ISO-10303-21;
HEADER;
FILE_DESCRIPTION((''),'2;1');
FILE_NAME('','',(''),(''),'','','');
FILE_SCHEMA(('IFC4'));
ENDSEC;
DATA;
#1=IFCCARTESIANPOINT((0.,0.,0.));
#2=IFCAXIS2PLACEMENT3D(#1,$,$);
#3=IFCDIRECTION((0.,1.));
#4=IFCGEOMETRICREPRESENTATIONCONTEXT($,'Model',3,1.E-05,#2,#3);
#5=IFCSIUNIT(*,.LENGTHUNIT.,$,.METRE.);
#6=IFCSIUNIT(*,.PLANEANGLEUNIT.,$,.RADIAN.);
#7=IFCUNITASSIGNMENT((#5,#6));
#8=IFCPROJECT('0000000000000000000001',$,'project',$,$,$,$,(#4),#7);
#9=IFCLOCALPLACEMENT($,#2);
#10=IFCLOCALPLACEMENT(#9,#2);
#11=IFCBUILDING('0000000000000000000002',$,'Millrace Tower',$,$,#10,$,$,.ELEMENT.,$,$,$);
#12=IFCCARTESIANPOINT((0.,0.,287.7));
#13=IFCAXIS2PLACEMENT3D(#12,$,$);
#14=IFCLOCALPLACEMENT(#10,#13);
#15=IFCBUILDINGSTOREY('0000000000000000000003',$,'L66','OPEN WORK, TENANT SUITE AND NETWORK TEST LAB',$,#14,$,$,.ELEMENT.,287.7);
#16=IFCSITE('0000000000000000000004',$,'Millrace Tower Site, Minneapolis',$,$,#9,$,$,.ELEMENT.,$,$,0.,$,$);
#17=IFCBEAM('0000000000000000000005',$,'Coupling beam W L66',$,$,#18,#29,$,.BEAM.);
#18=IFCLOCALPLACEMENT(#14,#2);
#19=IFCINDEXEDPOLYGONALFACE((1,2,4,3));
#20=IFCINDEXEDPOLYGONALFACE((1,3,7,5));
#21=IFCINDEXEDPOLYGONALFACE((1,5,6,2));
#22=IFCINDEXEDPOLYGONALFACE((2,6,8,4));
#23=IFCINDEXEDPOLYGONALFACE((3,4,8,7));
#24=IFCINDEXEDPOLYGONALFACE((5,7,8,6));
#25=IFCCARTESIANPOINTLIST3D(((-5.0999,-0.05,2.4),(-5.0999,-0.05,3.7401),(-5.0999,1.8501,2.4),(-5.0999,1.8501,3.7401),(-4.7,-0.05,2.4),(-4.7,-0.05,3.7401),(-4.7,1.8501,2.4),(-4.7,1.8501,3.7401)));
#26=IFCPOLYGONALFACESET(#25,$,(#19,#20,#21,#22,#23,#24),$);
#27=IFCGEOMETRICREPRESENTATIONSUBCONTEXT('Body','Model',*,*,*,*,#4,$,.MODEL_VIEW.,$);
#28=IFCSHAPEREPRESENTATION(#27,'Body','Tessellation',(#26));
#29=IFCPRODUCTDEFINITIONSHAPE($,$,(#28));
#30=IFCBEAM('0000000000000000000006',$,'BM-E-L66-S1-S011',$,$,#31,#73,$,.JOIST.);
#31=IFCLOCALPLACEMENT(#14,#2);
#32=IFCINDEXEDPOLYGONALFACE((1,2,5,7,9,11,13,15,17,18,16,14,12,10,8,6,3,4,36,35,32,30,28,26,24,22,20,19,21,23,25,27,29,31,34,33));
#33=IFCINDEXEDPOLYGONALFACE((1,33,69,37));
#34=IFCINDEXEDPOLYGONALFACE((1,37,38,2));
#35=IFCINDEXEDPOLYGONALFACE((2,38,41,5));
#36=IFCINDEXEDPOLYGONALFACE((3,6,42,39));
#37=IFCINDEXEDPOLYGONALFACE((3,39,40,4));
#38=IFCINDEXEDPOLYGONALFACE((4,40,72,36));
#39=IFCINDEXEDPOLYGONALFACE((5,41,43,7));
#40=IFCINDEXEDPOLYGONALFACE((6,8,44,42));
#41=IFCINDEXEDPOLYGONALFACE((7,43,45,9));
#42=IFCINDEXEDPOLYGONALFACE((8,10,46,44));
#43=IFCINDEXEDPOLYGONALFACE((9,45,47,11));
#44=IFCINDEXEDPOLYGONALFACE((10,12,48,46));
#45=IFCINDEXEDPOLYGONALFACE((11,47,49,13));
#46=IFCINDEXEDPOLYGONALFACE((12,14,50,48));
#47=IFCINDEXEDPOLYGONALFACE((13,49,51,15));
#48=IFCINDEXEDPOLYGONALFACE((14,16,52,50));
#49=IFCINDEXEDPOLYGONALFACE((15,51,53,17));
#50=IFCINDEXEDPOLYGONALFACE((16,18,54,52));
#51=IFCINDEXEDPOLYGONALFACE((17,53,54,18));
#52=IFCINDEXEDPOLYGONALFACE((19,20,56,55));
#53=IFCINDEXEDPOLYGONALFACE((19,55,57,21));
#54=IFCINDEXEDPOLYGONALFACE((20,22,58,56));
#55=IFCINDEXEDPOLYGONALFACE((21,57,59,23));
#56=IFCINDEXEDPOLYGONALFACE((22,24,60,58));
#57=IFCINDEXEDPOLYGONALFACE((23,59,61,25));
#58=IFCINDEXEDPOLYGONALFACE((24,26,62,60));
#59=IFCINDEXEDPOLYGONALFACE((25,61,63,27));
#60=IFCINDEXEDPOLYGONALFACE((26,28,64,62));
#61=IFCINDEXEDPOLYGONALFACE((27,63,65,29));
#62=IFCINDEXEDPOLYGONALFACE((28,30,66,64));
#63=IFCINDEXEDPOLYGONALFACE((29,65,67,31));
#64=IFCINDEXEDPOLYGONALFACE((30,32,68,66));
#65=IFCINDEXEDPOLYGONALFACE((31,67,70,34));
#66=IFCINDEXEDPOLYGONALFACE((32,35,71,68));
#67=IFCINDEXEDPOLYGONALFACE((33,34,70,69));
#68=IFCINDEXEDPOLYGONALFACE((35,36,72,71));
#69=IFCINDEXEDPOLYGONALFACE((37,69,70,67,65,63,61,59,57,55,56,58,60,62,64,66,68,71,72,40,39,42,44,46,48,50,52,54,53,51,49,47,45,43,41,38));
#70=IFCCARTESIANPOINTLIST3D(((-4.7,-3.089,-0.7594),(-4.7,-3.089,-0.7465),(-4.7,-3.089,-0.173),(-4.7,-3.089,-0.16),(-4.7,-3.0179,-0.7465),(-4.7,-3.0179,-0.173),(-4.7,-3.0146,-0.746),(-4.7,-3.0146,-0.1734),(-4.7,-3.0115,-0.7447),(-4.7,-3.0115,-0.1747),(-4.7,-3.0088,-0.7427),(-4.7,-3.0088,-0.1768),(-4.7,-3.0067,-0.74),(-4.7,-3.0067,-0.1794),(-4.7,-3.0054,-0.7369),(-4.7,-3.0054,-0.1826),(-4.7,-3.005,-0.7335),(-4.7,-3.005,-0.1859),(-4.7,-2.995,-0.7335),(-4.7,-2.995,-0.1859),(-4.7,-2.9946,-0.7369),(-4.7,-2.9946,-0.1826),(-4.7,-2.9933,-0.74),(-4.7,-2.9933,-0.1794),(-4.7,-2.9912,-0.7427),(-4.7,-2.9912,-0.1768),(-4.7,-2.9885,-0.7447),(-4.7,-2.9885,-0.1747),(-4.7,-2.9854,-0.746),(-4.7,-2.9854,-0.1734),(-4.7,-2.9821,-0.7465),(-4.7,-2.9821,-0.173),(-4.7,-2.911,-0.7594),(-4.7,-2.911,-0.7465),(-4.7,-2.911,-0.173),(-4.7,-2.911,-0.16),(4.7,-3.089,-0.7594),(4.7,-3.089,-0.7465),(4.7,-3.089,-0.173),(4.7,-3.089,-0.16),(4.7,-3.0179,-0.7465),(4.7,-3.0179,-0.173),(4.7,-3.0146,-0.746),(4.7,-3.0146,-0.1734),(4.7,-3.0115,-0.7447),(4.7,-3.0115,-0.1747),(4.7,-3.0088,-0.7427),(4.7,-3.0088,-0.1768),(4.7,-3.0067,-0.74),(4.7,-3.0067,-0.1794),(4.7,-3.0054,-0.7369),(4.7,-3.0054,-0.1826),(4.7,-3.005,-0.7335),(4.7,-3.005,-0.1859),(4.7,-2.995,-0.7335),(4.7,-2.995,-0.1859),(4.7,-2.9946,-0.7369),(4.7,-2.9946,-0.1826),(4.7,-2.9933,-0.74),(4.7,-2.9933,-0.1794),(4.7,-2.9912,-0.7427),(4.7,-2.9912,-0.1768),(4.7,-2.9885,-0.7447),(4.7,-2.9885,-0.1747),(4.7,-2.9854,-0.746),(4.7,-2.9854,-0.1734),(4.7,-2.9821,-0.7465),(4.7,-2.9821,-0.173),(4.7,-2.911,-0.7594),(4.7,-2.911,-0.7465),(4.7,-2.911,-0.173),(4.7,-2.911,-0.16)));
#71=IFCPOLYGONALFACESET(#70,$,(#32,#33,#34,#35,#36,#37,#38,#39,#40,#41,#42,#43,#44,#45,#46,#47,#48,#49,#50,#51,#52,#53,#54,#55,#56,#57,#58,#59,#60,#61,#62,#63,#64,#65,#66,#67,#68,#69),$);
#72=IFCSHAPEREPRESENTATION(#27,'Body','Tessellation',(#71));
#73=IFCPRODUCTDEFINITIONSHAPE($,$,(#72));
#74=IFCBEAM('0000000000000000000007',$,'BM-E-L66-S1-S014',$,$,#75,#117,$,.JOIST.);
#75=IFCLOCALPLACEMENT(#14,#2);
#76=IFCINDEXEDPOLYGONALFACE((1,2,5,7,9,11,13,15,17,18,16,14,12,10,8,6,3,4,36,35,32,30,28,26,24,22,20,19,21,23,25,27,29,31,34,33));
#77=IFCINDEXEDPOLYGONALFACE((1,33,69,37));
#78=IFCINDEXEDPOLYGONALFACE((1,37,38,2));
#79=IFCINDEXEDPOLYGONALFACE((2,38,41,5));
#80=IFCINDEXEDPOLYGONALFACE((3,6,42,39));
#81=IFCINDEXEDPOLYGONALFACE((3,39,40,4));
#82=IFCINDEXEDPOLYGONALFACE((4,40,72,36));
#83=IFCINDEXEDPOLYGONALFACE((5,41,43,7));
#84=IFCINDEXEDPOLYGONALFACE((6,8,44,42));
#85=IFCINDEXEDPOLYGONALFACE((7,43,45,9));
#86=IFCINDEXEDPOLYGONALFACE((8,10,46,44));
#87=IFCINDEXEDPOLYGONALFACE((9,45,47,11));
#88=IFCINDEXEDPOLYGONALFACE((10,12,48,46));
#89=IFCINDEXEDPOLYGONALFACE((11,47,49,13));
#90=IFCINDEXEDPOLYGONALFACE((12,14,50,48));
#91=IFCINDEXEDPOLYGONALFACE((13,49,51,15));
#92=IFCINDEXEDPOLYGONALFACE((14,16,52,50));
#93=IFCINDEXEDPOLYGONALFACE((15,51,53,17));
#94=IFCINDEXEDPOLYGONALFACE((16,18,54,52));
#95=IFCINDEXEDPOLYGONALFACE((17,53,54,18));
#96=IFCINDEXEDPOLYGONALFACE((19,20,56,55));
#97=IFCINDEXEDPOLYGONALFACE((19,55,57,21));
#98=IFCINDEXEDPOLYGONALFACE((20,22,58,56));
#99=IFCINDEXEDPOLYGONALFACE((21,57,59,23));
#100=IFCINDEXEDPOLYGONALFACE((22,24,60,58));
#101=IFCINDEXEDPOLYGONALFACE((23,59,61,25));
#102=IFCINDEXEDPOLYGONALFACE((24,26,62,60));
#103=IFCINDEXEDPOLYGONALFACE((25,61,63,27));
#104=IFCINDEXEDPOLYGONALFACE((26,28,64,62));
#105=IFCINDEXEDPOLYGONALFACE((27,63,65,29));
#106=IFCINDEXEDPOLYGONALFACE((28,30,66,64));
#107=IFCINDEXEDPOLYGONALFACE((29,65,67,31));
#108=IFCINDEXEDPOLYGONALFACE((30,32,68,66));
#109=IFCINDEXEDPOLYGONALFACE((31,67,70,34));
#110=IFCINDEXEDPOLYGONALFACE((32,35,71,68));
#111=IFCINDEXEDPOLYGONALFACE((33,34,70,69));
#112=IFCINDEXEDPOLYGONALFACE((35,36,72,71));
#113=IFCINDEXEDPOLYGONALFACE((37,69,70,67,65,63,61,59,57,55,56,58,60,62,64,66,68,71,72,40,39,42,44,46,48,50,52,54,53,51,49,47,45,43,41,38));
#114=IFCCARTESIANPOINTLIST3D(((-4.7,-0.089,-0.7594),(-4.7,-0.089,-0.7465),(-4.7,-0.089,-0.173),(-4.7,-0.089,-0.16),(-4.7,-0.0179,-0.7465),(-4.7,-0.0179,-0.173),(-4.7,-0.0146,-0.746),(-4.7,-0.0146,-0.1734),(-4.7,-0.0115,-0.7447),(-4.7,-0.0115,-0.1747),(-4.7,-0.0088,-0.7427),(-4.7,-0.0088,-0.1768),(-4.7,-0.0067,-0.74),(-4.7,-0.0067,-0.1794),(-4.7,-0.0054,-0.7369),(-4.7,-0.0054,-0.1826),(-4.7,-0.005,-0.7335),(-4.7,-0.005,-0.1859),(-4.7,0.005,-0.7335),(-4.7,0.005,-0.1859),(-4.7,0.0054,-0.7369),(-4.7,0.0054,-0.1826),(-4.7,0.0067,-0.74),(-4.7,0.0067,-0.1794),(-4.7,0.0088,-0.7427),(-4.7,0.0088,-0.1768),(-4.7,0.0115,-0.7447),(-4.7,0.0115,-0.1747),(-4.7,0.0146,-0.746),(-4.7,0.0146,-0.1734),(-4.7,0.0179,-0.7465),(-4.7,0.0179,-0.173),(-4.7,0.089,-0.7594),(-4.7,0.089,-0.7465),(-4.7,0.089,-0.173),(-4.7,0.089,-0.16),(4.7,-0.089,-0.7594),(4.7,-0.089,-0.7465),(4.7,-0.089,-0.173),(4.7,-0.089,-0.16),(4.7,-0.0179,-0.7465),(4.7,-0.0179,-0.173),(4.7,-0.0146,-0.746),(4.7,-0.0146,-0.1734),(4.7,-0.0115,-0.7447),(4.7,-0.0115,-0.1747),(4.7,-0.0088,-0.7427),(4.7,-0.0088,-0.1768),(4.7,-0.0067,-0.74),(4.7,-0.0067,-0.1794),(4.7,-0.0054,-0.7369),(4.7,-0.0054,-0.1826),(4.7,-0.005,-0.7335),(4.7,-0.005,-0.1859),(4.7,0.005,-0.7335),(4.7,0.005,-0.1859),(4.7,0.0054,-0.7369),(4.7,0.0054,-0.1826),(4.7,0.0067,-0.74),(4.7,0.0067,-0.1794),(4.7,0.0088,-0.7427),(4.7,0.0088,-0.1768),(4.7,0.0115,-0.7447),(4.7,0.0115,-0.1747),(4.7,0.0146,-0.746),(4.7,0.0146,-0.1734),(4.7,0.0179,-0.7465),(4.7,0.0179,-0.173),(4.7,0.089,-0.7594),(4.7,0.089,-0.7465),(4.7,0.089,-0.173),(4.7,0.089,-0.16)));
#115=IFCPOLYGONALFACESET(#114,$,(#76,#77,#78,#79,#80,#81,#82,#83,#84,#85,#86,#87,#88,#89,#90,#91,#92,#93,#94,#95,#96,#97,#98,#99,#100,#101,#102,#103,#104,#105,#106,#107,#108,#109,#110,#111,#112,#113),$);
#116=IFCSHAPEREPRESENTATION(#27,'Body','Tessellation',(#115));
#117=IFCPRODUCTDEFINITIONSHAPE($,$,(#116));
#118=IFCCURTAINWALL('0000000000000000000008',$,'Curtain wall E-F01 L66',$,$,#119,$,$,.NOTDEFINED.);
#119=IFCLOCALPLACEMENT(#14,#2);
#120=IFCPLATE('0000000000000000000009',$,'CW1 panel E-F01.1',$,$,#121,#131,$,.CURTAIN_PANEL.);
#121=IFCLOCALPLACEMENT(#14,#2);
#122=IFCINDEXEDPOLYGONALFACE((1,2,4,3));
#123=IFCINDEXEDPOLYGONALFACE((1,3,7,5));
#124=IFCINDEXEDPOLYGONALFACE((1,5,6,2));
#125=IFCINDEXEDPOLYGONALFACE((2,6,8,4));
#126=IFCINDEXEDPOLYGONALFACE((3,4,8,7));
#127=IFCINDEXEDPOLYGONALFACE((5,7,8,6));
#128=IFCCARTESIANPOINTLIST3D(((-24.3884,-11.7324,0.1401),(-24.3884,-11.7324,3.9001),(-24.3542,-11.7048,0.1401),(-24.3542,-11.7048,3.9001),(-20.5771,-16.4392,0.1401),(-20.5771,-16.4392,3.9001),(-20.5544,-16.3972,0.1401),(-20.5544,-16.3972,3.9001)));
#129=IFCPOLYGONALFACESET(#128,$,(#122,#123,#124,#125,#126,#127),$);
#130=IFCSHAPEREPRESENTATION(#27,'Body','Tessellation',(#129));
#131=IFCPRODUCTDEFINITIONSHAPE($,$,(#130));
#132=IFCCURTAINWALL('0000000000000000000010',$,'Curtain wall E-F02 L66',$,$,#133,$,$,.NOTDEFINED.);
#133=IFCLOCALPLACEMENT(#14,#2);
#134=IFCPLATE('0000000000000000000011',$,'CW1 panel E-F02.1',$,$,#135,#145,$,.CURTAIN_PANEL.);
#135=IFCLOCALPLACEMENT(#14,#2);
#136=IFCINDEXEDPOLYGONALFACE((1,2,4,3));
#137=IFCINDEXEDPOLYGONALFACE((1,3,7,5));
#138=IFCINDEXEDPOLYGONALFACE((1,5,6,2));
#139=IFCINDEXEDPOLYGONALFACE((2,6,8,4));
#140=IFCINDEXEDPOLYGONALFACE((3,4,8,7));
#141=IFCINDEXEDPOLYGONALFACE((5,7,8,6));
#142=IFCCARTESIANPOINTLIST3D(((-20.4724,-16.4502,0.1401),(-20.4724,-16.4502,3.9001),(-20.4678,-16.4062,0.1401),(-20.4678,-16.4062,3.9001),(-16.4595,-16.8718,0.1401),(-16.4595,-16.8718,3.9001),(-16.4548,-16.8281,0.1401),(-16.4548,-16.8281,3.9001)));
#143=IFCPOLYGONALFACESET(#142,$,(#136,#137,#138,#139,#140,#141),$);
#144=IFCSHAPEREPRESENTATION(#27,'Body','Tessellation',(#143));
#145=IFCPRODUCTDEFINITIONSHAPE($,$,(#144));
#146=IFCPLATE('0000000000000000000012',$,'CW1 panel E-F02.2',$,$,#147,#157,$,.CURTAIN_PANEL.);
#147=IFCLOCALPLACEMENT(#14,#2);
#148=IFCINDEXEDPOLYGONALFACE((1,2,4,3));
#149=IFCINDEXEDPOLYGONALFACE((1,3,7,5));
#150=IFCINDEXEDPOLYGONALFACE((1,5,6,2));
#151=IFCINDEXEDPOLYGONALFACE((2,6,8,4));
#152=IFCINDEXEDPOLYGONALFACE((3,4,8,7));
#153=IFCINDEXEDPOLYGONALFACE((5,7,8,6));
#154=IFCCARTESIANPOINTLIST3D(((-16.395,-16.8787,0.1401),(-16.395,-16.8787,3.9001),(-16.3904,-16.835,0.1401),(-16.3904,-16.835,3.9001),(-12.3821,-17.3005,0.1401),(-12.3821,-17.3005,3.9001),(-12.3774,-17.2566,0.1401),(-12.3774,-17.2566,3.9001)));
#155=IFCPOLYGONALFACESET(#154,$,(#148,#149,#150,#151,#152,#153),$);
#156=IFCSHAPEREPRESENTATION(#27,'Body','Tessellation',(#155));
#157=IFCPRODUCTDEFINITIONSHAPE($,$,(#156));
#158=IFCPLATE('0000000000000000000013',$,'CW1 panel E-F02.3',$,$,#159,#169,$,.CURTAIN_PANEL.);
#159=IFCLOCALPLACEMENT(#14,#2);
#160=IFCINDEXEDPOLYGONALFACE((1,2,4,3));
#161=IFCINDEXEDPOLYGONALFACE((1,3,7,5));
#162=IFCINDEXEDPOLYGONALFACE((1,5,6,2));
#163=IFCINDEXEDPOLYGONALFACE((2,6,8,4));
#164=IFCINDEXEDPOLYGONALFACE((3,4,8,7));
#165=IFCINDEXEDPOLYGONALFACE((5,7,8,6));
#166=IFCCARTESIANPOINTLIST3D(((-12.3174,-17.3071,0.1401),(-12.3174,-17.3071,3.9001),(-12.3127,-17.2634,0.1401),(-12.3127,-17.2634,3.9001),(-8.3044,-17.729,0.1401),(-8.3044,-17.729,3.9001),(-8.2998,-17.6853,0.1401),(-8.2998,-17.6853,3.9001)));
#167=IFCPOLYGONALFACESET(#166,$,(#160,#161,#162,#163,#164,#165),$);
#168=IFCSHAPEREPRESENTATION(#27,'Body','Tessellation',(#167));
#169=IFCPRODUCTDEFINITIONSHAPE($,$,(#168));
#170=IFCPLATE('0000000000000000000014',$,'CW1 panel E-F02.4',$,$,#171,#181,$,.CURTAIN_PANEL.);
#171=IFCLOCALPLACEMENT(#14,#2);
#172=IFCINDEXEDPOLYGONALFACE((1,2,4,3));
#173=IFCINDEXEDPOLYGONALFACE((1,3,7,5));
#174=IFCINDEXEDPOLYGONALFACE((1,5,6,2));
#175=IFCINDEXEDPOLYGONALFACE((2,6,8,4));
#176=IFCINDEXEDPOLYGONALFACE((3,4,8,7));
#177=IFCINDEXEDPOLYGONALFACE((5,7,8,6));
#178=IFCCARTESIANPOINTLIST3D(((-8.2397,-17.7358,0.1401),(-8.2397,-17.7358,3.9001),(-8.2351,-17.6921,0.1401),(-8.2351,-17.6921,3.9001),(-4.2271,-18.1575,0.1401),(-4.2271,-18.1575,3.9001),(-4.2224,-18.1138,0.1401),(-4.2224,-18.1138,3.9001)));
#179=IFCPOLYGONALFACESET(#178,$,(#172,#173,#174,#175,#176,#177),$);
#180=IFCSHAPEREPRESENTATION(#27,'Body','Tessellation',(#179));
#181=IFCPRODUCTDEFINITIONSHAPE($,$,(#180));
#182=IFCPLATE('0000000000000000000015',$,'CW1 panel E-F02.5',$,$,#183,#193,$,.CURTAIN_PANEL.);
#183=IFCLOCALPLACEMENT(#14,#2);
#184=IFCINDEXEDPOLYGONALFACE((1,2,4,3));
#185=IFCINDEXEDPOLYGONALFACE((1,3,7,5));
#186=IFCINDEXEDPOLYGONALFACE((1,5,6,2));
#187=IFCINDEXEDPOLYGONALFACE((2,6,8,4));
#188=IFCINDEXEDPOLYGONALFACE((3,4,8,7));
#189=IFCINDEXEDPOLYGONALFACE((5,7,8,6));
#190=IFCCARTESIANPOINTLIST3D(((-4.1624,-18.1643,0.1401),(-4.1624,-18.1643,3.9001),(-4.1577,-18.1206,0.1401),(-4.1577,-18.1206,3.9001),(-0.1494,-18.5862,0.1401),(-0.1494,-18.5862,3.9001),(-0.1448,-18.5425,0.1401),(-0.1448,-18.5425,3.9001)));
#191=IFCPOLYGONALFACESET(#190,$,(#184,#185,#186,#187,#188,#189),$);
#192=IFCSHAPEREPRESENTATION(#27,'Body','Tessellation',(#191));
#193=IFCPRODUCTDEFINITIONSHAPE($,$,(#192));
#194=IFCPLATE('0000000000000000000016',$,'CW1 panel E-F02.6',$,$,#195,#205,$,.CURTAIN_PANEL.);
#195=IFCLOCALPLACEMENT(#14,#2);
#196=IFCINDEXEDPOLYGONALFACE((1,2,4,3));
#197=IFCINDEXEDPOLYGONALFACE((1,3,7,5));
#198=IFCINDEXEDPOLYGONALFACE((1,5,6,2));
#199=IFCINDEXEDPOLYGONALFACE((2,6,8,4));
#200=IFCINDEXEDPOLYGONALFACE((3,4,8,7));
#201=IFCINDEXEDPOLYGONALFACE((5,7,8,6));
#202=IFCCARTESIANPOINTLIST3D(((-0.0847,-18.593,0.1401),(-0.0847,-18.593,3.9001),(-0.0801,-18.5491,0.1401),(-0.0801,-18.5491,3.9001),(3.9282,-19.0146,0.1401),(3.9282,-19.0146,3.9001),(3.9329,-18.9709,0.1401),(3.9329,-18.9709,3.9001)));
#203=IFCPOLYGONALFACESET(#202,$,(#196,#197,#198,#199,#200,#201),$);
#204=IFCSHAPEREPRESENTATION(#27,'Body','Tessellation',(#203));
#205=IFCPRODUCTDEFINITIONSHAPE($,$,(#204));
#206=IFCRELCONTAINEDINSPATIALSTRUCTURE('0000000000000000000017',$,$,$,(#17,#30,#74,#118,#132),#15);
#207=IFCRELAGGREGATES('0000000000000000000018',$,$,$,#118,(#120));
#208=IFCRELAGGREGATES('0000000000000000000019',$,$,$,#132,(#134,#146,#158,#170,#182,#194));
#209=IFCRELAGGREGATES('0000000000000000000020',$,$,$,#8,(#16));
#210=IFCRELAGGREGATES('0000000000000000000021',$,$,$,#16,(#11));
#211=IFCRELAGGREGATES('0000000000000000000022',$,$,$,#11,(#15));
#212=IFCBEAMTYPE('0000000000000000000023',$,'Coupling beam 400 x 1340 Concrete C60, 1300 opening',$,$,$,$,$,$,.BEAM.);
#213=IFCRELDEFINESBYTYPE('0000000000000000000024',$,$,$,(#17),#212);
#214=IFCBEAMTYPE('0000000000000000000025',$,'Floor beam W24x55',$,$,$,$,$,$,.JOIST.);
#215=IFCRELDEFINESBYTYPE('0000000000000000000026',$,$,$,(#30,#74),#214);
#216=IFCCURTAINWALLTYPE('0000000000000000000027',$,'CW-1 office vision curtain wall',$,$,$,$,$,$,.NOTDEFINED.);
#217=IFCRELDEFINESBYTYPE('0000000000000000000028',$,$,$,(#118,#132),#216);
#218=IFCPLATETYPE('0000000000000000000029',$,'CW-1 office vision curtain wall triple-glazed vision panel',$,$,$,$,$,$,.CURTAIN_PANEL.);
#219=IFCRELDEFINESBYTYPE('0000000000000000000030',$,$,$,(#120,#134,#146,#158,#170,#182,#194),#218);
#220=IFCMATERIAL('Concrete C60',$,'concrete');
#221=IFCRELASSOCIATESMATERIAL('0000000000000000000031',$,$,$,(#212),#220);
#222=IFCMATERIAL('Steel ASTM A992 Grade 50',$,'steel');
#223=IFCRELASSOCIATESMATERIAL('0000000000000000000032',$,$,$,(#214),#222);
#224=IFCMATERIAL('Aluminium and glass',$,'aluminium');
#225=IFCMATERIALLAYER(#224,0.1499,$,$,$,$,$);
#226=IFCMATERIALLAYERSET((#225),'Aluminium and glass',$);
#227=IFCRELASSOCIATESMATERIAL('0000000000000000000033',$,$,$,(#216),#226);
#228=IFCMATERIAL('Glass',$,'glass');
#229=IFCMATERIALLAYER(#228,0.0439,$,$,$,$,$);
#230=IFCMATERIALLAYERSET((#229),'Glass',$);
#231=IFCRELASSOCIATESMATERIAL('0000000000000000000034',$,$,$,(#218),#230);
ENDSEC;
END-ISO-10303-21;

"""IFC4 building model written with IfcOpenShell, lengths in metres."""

from ifc_helpers import new_model, si_unit, direction, frame, origin, origin_2d, place, context, subcontext, project, spatial, polyline, rectangle, i_section, outline, extrude, material, layer, layer_set, material_profile, profile_set, type_object, element, aggregate, save


model = new_model("IFC4")

# Units and contexts
model_context = context("Model", 3, precision=1e-05, world=origin(), true_north=direction((0.0, 1.0)))
body_context = subcontext(model_context, "Body", "Model", "MODEL_VIEW")
ifc_project = project(units=[si_unit("LENGTHUNIT", "METRE"), si_unit("PLANEANGLEUNIT", "RADIAN")], contexts=[model_context])

# Site, building, storey
site_placement = place(None, origin())
site = spatial("IfcSite", under=ifc_project, at=site_placement, Name="Millrace Tower Site, Minneapolis", CompositionType="ELEMENT", RefElevation=0.0)
building_placement = place(site_placement, origin())
building = spatial("IfcBuilding", under=site, at=building_placement, Name="Millrace Tower", CompositionType="ELEMENT")
storey_placement = place(building_placement, frame((0.0, 0.0, 287.7)))
storey = spatial("IfcBuildingStorey", under=building, at=storey_placement, Name="L66", Description="OPEN WORK, TENANT SUITE AND NETWORK TEST LAB", CompositionType="ELEMENT", Elevation=287.7)

# Beams
ifc_material_1 = material(Name="Concrete C60", Category="concrete")
ifc_material_profile_1 = material_profile(ifc_material_1, rectangle(XDim=0.3999, YDim=1.3401, at=origin_2d()))
ifc_profile_set_1 = profile_set([ifc_material_profile_1], Name="Concrete C60")
beam_type_1 = type_object("IfcBeamType", Name="Coupling beam 400 x 1340 Concrete C60, 1300 opening", PredefinedType="BEAM", material=ifc_profile_set_1)
beam_placement = place(storey_placement, frame((-4.8999, -0.05, 3.0701), z_axis=(0.0, 1.0, 0.0), x_axis=(-1.0, 0.0, 0.0)))
element("IfcBeam", 1, at=beam_placement, inside=storey, type_object=beam_type_1, Name="Coupling beam W L66", PredefinedType="BEAM", context=body_context, shape_type="SweptSolid", body=[
    extrude(rectangle(XDim=0.3999, YDim=1.3401, at=origin_2d()), origin(), (0.0, 0.0, 1.0), 1.9001),
])
ifc_material_2 = material(Name="Steel ASTM A992 Grade 50", Category="steel")
ifc_material_profile_2 = material_profile(ifc_material_2, i_section(OverallWidth=0.178, OverallDepth=0.5994, WebThickness=0.01, FlangeThickness=0.0129, FilletRadius=0.0129, at=origin_2d()))
ifc_profile_set_2 = profile_set([ifc_material_profile_2], Name="Steel ASTM A992 Grade 50")
beam_type_2 = type_object("IfcBeamType", Name="Floor beam W24x55", PredefinedType="JOIST", material=ifc_profile_set_2)
for number, where, z_axis, x_axis, name in (
    (2, (-4.7, -3.0, -0.4597), (1.0, 0.0, 0.0), (0.0, 1.0, 0.0), "BM-E-L66-S1-S011"),
    (3, (-4.7, 0.0, -0.4597), (1.0, 0.0, 0.0), (0.0, 1.0, 0.0), "BM-E-L66-S1-S014"),
):
    element("IfcBeam", number, at=place(storey_placement, frame(where, z_axis=z_axis, x_axis=x_axis)), inside=storey, type_object=beam_type_2, Name=name, PredefinedType="JOIST", context=body_context, shape_type="SweptSolid", body=[
        extrude(i_section(OverallWidth=0.178, OverallDepth=0.5994, WebThickness=0.01, FlangeThickness=0.0129, FilletRadius=0.0129, at=origin_2d()), origin(), (0.0, 0.0, 1.0), 9.3999),
    ])

# Curtain wall, plate
ifc_material_3 = material(Name="Aluminium and glass", Category="aluminium")
ifc_layer_1 = layer(ifc_material_3, 0.1499)
ifc_layer_set_1 = layer_set([ifc_layer_1], Name="Aluminium and glass")
curtain_wall_type = type_object("IfcCurtainWallType", Name="CW-1 office vision curtain wall", PredefinedType="NOTDEFINED", material=ifc_layer_set_1)
placement_1 = place(storey_placement, origin())
curtain_wall_1 = element("IfcCurtainWall", 4, at=placement_1, inside=storey, type_object=curtain_wall_type, Name="Curtain wall E-F01 L66", PredefinedType="NOTDEFINED")
ifc_material_4 = material(Name="Glass", Category="glass")
ifc_layer_2 = layer(ifc_material_4, 0.0439)
ifc_layer_set_2 = layer_set([ifc_layer_2], Name="Glass")
plate_type = type_object("IfcPlateType", Name="CW-1 office vision curtain wall triple-glazed vision panel", PredefinedType="CURTAIN_PANEL", material=ifc_layer_set_2)
placement_2 = place(storey_placement, frame((0.0, 0.0, 0.1401)))
plate_1 = element("IfcPlate", 5, at=placement_2, type_object=plate_type, Name="CW1 panel E-F01.1", PredefinedType="CURTAIN_PANEL", context=body_context, shape_type="SweptSolid", body=[
    extrude(outline(polyline([(-24.3884, -11.7324), (-20.5771, -16.4392), (-20.5544, -16.3972), (-24.3542, -11.7048), (-24.3884, -11.7324)])), origin(), (0.0, 0.0, 1.0), 3.76),
])
aggregate(curtain_wall_1, [plate_1])

# Curtain wall, plates
curtain_wall_2 = element("IfcCurtainWall", 6, at=placement_1, inside=storey, type_object=curtain_wall_type, Name="Curtain wall E-F02 L66", PredefinedType="NOTDEFINED")
plate_2 = element("IfcPlate", 7, at=placement_2, type_object=plate_type, Name="CW1 panel E-F02.1", PredefinedType="CURTAIN_PANEL", context=body_context, shape_type="SweptSolid", body=[
    extrude(outline(polyline([(-20.4724, -16.4502), (-16.4595, -16.8718), (-16.4548, -16.8281), (-20.4678, -16.4062), (-20.4724, -16.4502)])), origin(), (0.0, 0.0, 1.0), 3.76),
])
plate_3 = element("IfcPlate", 8, at=placement_2, type_object=plate_type, Name="CW1 panel E-F02.2", PredefinedType="CURTAIN_PANEL", context=body_context, shape_type="SweptSolid", body=[
    extrude(outline(polyline([(-16.395, -16.8787), (-12.3821, -17.3005), (-12.3774, -17.2566), (-16.3904, -16.835), (-16.395, -16.8787)])), origin(), (0.0, 0.0, 1.0), 3.76),
])
plate_4 = element("IfcPlate", 9, at=placement_2, type_object=plate_type, Name="CW1 panel E-F02.3", PredefinedType="CURTAIN_PANEL", context=body_context, shape_type="SweptSolid", body=[
    extrude(outline(polyline([(-12.3174, -17.3071), (-8.3044, -17.729), (-8.2998, -17.6853), (-12.3127, -17.2634), (-12.3174, -17.3071)])), origin(), (0.0, 0.0, 1.0), 3.76),
])
plate_5 = element("IfcPlate", 10, at=placement_2, type_object=plate_type, Name="CW1 panel E-F02.4", PredefinedType="CURTAIN_PANEL", context=body_context, shape_type="SweptSolid", body=[
    extrude(outline(polyline([(-8.2397, -17.7358), (-4.2271, -18.1575), (-4.2224, -18.1138), (-8.2351, -17.6921), (-8.2397, -17.7358)])), origin(), (0.0, 0.0, 1.0), 3.76),
])
plate_6 = element("IfcPlate", 11, at=placement_2, type_object=plate_type, Name="CW1 panel E-F02.5", PredefinedType="CURTAIN_PANEL", context=body_context, shape_type="SweptSolid", body=[
    extrude(outline(polyline([(-4.1624, -18.1643), (-0.1494, -18.5862), (-0.1448, -18.5425), (-4.1577, -18.1206), (-4.1624, -18.1643)])), origin(), (0.0, 0.0, 1.0), 3.76),
])
plate_7 = element("IfcPlate", 12, at=placement_2, type_object=plate_type, Name="CW1 panel E-F02.6", PredefinedType="CURTAIN_PANEL", context=body_context, shape_type="SweptSolid", body=[
    extrude(outline(polyline([(-0.0847, -18.593), (3.9282, -19.0146), (3.9329, -18.9709), (-0.0801, -18.5491), (-0.0847, -18.593)])), origin(), (0.0, 0.0, 1.0), 3.76),
])
aggregate(curtain_wall_2, [plate_2, plate_3, plate_4, plate_5, plate_6, plate_7])

save(model, "model.ifc")
